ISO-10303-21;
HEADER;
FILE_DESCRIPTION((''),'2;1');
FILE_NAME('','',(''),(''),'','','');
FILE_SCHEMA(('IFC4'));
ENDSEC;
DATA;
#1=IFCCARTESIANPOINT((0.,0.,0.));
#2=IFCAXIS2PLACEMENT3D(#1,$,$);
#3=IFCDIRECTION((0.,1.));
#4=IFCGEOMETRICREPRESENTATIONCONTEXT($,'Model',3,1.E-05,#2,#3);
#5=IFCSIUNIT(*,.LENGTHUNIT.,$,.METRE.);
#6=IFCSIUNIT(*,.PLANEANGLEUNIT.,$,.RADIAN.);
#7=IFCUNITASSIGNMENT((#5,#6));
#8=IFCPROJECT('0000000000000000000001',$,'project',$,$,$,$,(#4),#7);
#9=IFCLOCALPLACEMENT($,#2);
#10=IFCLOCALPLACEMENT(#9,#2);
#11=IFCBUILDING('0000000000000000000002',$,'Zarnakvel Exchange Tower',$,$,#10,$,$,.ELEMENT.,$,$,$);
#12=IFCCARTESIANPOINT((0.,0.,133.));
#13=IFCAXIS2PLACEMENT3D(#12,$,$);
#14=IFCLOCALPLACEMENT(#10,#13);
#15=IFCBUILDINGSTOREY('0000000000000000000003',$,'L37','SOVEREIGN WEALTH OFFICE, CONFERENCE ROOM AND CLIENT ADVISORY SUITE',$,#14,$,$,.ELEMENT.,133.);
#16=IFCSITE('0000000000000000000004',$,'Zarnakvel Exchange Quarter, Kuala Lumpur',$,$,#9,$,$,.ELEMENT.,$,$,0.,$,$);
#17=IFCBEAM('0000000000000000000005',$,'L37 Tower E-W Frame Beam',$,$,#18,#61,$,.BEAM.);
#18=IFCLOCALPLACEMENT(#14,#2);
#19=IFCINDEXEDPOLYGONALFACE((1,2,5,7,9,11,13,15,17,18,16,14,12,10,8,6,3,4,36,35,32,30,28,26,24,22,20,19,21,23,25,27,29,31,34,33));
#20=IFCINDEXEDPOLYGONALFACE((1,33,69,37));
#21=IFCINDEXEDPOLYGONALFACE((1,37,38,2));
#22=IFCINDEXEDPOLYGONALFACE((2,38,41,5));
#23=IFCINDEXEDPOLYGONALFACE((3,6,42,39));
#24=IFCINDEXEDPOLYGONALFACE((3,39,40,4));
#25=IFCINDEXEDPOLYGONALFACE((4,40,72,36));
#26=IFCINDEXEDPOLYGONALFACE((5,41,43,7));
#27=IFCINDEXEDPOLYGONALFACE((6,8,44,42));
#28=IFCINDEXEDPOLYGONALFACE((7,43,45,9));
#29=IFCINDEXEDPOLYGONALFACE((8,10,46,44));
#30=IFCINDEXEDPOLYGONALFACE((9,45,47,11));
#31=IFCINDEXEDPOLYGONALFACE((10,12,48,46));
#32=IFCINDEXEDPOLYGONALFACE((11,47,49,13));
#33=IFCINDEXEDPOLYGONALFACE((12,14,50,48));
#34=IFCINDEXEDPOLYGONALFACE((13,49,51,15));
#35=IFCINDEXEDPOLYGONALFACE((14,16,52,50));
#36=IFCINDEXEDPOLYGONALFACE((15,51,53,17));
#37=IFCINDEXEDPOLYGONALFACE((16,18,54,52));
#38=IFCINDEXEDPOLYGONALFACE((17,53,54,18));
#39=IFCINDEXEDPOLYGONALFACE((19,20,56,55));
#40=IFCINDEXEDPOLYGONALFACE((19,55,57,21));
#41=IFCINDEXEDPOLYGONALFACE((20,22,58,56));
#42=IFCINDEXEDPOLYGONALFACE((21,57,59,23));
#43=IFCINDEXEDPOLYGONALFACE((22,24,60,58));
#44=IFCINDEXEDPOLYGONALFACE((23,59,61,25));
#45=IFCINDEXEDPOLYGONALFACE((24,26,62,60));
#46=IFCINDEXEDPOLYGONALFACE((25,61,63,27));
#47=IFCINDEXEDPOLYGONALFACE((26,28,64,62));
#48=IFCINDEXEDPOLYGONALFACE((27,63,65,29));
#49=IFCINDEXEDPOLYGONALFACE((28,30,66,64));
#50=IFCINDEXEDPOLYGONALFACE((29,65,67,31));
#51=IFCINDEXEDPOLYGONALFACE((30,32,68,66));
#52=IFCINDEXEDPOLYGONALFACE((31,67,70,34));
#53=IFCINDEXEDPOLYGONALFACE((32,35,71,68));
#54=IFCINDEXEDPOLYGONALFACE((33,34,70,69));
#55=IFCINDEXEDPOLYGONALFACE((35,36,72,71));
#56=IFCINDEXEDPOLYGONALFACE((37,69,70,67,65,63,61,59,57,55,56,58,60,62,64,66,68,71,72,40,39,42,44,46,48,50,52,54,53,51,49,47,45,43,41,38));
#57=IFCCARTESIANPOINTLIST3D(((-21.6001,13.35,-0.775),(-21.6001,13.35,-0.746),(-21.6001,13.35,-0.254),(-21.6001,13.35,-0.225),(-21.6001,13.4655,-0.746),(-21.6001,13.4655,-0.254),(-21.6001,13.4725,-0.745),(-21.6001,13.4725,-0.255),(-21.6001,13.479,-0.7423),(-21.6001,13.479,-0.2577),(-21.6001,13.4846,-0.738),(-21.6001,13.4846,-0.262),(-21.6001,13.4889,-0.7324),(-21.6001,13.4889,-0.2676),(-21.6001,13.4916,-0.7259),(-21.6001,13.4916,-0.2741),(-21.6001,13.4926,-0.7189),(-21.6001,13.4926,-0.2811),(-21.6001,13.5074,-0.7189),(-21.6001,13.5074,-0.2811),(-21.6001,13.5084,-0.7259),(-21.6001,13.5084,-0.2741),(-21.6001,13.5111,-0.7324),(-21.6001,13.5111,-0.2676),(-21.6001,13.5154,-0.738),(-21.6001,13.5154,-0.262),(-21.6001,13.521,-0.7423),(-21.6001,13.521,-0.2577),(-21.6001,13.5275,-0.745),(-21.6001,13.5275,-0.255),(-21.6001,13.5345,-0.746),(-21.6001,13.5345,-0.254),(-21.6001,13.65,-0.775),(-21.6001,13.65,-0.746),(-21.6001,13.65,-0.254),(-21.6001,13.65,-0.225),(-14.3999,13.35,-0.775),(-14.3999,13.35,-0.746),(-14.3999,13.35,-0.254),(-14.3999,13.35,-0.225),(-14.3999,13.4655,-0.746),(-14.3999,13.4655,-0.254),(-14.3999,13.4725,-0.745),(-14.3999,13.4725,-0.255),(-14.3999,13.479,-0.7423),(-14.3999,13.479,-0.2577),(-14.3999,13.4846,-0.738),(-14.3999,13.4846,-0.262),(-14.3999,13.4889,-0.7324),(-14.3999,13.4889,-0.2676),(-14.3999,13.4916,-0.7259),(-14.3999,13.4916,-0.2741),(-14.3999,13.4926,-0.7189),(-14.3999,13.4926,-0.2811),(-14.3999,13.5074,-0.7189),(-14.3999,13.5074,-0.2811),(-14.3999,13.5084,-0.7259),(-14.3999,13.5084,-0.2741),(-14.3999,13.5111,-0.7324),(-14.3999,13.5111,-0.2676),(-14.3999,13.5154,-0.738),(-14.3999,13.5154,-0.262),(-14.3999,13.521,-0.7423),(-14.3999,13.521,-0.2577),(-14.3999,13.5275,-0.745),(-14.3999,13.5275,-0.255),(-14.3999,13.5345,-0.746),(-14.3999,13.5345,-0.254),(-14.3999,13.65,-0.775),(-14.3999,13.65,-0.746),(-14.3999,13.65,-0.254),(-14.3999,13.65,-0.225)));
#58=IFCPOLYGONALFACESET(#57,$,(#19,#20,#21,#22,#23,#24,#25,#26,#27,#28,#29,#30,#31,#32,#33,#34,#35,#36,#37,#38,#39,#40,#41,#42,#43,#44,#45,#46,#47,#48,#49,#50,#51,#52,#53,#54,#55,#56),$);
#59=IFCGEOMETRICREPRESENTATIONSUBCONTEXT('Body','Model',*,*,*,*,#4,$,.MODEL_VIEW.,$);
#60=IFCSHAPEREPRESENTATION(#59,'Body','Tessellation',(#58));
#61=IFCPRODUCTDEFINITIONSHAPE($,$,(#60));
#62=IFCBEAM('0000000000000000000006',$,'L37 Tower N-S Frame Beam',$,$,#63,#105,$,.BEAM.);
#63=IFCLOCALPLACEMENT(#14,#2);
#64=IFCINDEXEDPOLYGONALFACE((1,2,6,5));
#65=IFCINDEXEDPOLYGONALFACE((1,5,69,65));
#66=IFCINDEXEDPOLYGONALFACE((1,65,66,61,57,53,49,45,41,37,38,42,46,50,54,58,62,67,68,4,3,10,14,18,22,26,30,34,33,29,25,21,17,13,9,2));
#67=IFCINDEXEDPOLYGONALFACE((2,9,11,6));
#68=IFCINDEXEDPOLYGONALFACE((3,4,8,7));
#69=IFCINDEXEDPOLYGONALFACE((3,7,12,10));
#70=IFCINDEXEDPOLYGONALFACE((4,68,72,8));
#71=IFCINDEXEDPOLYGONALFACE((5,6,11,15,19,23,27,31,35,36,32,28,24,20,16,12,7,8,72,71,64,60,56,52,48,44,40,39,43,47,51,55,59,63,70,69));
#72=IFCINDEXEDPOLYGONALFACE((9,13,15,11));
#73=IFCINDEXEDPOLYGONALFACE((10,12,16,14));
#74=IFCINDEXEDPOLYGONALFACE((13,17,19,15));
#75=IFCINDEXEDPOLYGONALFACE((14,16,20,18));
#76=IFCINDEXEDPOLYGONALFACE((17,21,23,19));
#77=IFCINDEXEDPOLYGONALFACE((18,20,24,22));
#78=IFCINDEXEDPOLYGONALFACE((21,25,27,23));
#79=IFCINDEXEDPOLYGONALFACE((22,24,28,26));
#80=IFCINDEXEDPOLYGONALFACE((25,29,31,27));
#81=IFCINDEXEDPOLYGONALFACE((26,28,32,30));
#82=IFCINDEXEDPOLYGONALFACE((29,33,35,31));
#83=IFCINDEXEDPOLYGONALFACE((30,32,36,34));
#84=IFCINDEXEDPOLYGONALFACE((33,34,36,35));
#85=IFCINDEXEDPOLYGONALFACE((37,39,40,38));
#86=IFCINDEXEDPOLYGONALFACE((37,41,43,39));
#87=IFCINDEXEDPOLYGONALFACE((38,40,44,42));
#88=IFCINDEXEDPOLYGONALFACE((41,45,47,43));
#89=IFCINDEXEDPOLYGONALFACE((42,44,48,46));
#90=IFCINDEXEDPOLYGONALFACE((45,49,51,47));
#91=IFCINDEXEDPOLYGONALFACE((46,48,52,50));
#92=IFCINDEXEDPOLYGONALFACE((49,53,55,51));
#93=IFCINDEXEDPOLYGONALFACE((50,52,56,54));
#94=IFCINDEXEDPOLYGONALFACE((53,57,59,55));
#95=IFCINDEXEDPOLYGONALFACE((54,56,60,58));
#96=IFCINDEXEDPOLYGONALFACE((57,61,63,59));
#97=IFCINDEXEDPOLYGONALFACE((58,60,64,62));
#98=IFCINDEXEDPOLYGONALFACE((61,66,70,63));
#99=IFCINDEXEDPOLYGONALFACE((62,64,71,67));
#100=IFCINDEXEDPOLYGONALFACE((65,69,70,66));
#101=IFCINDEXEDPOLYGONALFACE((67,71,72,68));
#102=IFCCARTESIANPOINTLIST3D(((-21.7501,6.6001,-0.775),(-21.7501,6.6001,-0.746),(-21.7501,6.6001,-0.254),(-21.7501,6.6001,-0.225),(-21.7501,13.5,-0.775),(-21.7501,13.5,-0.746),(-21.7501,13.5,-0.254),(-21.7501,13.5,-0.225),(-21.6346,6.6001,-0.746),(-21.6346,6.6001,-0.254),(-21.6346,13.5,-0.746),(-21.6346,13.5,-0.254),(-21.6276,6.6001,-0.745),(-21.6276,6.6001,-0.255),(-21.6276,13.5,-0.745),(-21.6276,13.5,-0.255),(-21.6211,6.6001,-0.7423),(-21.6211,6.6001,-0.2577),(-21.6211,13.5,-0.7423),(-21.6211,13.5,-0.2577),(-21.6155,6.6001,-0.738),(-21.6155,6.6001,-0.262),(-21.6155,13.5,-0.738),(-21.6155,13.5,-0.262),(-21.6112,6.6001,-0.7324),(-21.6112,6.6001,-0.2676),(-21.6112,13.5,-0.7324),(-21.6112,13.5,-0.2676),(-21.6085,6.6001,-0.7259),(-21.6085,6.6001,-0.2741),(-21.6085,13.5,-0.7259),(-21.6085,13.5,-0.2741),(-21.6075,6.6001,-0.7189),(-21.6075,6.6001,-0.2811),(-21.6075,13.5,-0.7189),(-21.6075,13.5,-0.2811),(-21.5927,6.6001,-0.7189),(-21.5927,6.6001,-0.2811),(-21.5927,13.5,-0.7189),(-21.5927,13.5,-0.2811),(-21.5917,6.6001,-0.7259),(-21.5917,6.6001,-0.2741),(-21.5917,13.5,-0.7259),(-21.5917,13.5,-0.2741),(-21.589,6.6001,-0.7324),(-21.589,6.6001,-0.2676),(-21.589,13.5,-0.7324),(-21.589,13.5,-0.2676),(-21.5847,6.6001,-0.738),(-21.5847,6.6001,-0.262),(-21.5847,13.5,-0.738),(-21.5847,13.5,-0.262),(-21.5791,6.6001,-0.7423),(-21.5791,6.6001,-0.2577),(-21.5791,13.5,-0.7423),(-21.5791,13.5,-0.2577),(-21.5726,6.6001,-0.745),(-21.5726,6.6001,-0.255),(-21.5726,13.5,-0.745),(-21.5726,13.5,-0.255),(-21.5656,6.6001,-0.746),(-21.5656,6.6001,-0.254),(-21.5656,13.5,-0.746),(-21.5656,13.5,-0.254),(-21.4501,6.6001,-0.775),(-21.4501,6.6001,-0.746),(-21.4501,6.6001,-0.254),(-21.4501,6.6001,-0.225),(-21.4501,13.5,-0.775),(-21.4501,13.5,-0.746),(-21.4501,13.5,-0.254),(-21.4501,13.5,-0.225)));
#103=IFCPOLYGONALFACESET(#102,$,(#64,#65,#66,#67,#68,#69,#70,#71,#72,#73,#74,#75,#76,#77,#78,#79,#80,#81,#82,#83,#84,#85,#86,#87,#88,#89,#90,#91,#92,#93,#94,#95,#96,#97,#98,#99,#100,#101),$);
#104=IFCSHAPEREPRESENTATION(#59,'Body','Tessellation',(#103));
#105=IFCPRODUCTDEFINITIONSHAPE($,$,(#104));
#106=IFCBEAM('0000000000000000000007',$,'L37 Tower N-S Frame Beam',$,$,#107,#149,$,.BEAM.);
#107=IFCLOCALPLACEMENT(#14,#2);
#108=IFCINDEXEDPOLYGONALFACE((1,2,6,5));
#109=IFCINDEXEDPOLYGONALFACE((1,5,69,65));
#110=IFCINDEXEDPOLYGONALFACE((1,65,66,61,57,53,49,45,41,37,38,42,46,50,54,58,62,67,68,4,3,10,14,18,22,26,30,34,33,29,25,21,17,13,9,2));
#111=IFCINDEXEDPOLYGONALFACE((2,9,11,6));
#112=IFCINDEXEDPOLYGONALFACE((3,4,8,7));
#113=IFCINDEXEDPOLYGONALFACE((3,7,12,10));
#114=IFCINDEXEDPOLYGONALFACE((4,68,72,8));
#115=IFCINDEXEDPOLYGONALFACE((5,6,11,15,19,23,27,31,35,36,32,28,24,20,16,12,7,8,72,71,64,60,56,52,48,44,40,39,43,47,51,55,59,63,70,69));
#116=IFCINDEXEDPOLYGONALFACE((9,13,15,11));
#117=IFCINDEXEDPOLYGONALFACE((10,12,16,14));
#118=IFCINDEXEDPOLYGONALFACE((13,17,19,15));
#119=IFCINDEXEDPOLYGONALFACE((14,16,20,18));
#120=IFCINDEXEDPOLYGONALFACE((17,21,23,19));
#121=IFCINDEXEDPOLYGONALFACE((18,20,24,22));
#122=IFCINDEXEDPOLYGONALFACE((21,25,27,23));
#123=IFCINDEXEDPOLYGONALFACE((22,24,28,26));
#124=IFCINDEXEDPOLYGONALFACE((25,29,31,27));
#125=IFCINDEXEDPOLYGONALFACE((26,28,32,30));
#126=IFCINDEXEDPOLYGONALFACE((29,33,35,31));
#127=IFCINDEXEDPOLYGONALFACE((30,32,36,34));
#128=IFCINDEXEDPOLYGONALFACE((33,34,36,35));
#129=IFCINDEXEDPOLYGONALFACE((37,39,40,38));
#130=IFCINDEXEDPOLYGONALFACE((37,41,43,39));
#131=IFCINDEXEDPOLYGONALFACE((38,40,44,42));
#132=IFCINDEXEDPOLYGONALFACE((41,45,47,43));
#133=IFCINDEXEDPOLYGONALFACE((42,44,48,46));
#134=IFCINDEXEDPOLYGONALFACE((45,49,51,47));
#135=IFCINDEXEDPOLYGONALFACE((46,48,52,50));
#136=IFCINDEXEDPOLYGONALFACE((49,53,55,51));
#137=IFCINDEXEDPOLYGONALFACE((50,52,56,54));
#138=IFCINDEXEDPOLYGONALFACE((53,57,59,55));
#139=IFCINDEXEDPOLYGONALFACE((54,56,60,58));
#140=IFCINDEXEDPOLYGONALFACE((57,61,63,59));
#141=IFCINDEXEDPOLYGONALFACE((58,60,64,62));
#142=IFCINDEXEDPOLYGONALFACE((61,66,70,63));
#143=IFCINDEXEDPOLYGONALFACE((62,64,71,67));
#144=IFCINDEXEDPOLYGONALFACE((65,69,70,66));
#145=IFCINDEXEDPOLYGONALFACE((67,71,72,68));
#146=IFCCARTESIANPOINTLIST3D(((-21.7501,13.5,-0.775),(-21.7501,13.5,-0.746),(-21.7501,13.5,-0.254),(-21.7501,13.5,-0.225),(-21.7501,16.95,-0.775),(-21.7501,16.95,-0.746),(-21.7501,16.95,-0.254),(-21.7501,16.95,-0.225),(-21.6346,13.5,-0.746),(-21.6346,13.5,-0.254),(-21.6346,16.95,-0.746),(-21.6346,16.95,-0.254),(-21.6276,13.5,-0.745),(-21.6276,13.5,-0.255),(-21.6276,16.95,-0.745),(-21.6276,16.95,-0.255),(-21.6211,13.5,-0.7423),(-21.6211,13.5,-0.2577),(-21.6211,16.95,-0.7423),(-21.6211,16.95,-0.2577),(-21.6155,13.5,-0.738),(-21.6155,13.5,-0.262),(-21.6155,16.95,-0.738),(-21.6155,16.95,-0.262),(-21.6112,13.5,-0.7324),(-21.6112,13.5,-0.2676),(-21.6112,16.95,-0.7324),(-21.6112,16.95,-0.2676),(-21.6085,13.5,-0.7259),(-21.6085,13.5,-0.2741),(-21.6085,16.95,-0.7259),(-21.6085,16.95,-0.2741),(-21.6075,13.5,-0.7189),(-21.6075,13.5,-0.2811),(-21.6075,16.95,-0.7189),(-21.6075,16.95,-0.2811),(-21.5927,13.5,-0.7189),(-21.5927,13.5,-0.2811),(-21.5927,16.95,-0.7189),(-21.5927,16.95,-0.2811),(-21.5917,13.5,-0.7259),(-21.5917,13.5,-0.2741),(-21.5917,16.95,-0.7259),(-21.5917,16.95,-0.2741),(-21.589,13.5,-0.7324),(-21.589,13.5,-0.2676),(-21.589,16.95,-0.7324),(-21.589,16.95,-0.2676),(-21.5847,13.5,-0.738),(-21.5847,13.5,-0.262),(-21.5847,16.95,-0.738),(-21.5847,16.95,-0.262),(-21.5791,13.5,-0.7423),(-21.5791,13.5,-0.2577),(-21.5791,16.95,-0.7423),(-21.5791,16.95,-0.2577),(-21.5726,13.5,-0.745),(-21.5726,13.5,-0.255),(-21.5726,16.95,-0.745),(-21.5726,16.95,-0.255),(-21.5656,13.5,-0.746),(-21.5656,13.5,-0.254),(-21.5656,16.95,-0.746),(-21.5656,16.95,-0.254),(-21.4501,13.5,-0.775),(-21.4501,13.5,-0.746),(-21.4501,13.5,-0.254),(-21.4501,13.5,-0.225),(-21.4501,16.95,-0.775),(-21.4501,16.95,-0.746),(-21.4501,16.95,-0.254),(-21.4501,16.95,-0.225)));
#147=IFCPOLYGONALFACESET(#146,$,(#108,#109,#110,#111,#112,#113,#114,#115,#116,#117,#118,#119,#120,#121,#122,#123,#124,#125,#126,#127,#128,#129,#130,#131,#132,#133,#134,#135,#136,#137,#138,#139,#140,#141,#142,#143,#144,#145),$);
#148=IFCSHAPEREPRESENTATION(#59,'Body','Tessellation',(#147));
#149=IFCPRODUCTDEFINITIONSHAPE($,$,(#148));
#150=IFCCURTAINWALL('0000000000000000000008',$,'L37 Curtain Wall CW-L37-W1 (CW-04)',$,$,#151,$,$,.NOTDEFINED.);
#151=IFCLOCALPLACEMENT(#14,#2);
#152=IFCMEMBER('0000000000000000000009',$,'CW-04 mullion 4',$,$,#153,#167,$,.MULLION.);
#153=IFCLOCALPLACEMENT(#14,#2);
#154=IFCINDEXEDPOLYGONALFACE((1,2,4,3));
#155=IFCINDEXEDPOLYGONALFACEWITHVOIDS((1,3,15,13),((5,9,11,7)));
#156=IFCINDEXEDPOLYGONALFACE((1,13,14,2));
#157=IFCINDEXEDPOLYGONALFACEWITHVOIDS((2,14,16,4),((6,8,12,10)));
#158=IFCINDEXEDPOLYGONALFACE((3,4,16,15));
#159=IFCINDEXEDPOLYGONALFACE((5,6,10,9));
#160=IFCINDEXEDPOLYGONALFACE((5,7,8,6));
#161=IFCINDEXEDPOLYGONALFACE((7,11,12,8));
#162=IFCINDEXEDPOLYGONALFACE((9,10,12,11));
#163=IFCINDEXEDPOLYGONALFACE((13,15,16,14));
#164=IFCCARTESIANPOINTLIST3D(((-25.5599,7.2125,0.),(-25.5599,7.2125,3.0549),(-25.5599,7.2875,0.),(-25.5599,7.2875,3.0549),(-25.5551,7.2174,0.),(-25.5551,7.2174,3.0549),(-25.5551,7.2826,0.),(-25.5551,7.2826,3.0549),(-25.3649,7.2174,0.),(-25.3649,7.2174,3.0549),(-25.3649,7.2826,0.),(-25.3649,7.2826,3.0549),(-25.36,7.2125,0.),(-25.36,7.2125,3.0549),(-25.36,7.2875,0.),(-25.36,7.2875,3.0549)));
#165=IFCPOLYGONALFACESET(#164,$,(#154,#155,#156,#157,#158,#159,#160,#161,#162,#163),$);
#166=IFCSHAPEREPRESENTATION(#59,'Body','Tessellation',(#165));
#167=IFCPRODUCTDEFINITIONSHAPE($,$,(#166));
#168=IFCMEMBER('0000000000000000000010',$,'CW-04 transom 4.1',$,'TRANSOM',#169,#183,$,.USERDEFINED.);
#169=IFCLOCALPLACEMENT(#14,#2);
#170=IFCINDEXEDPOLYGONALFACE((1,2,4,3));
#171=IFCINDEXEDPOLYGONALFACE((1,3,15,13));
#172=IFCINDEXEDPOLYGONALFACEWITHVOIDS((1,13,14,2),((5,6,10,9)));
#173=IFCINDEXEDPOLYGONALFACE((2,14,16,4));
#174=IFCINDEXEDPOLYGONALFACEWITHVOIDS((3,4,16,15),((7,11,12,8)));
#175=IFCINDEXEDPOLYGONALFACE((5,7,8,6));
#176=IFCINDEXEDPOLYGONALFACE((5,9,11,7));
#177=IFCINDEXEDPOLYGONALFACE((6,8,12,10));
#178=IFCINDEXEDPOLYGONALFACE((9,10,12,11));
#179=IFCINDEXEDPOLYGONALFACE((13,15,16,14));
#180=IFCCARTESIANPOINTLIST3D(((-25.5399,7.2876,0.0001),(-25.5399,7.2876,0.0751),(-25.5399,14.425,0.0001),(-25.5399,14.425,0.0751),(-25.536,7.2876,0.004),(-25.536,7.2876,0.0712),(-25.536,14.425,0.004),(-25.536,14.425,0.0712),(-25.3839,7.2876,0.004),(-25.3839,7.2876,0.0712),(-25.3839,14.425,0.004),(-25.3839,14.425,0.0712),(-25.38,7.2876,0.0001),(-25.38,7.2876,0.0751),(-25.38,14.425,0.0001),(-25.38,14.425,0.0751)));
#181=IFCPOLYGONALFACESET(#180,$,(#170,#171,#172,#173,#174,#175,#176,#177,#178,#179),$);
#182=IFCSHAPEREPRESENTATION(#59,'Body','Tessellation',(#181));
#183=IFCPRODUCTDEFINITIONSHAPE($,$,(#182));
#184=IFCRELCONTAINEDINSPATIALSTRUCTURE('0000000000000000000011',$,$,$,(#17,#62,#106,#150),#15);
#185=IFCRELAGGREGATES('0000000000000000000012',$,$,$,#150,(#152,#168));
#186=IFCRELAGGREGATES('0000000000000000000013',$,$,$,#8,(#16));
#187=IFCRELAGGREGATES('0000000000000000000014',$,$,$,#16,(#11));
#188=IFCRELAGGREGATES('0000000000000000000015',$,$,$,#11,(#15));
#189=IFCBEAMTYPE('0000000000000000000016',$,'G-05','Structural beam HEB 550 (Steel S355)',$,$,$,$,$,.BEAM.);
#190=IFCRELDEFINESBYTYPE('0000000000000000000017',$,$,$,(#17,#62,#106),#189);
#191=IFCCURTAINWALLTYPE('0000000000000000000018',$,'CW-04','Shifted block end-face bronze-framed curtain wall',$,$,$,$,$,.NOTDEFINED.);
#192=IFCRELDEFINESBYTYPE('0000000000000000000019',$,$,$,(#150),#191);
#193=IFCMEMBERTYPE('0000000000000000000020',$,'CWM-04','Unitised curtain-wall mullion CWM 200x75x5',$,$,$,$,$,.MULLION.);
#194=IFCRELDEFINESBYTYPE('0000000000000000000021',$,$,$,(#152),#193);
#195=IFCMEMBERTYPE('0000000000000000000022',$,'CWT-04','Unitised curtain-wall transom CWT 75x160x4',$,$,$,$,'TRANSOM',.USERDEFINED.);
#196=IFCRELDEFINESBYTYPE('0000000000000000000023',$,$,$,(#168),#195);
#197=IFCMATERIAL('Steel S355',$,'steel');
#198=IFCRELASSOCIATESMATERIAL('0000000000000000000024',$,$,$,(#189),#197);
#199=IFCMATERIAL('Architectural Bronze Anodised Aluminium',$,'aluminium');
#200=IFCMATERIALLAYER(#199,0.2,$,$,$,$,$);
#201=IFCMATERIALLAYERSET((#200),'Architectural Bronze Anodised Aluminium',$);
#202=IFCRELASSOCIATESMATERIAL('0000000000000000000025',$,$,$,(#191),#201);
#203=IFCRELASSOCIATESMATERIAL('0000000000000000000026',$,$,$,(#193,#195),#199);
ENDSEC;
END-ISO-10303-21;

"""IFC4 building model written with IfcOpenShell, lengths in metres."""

from ifc_helpers import new_model, si_unit, direction, frame, origin, origin_2d, place, context, subcontext, project, spatial, hollow_rectangle, i_section, extrude, source, transform, mapped, material, layer, layer_set, material_profile, profile_set, type_object, element, aggregate, save


model = new_model("IFC4")

# Units and contexts
model_context = context("Model", 3, precision=1e-05, world=origin(), true_north=direction((0.0, 1.0)))
body_context = subcontext(model_context, "Body", "Model", "MODEL_VIEW")
ifc_project = project(units=[si_unit("LENGTHUNIT", "METRE"), si_unit("PLANEANGLEUNIT", "RADIAN")], contexts=[model_context])

# Site, building, storey
site_placement = place(None, origin())
site = spatial("IfcSite", under=ifc_project, at=site_placement, Name="Zarnakvel Exchange Quarter, Kuala Lumpur", CompositionType="ELEMENT", RefElevation=0.0)
building_placement = place(site_placement, origin())
building = spatial("IfcBuilding", under=site, at=building_placement, Name="Zarnakvel Exchange Tower", CompositionType="ELEMENT")
storey_placement = place(building_placement, frame((0.0, 0.0, 133.0)))
storey = spatial("IfcBuildingStorey", under=building, at=storey_placement, Name="L37", Description="SOVEREIGN WEALTH OFFICE, CONFERENCE ROOM AND CLIENT ADVISORY SUITE", CompositionType="ELEMENT", Elevation=133.0)

# Shared definitions
ifc_material_1 = material(Name="Steel S355", Category="steel")

# Beams
ifc_material_profile_1 = material_profile(ifc_material_1, i_section(OverallWidth=0.3, OverallDepth=0.55, WebThickness=0.0149, FlangeThickness=0.0291, FilletRadius=0.0271, at=origin_2d()))
ifc_profile_set_1 = profile_set([ifc_material_profile_1], Name="Steel S355")
beam_type = type_object("IfcBeamType", Name="G-05", Description="Structural beam HEB 550 (Steel S355)", PredefinedType="BEAM", material=ifc_profile_set_1)
beam_1_placement = place(storey_placement, frame((-21.6001, 13.5, -0.5), z_axis=(1.0, 0.0, 0.0), x_axis=(0.0, 1.0, 0.0)))
element("IfcBeam", 1, at=beam_1_placement, inside=storey, type_object=beam_type, Name="L37 Tower E-W Frame Beam", PredefinedType="BEAM", context=body_context, shape_type="SweptSolid", body=[
    extrude(i_section(OverallWidth=0.3, OverallDepth=0.55, WebThickness=0.0149, FlangeThickness=0.0291, FilletRadius=0.0271, at=origin_2d()), origin(), (0.0, 0.0, 1.0), 7.2002),
])
beam_2_placement = place(storey_placement, frame((-21.6001, 6.6001, -0.5), z_axis=(0.0, 1.0, 0.0), x_axis=(-1.0, 0.0, 0.0)))
element("IfcBeam", 2, at=beam_2_placement, inside=storey, type_object=beam_type, Name="L37 Tower N-S Frame Beam", PredefinedType="BEAM", context=body_context, shape_type="SweptSolid", body=[
    extrude(i_section(OverallWidth=0.3, OverallDepth=0.55, WebThickness=0.0149, FlangeThickness=0.0291, FilletRadius=0.0271, at=origin_2d()), origin(), (0.0, 0.0, 1.0), 6.8999),
])
beam_3_placement = place(storey_placement, frame((-21.6001, 13.5, -0.5), z_axis=(0.0, 1.0, 0.0), x_axis=(-1.0, 0.0, 0.0)))
element("IfcBeam", 3, at=beam_3_placement, inside=storey, type_object=beam_type, Name="L37 Tower N-S Frame Beam", PredefinedType="BEAM", context=body_context, shape_type="SweptSolid", body=[
    extrude(i_section(OverallWidth=0.3, OverallDepth=0.55, WebThickness=0.0149, FlangeThickness=0.0291, FilletRadius=0.0271, at=origin_2d()), origin(), (0.0, 0.0, 1.0), 3.45),
])

# Curtain wall, members
ifc_material_2 = material(Name="Architectural Bronze Anodised Aluminium", Category="aluminium")
ifc_layer_1 = layer(ifc_material_2, 0.2)
ifc_layer_set_1 = layer_set([ifc_layer_1], Name="Architectural Bronze Anodised Aluminium")
curtain_wall_type = type_object("IfcCurtainWallType", Name="CW-04", Description="Shifted block end-face bronze-framed curtain wall", PredefinedType="NOTDEFINED", material=ifc_layer_set_1)
curtain_wall_placement = place(storey_placement, origin())
curtain_wall = element("IfcCurtainWall", 4, at=curtain_wall_placement, inside=storey, type_object=curtain_wall_type, Name="L37 Curtain Wall CW-L37-W1 (CW-04)", PredefinedType="NOTDEFINED")
ifc_material_profile_2 = material_profile(ifc_material_2, hollow_rectangle(XDim=0.2, YDim=0.075, WallThickness=0.0049, at=origin_2d()))
ifc_profile_set_2 = profile_set([ifc_material_profile_2], Name="Architectural Bronze Anodised Aluminium")
member_type_1 = type_object("IfcMemberType", Name="CWM-04", Description="Unitised curtain-wall mullion CWM 200x75x5", PredefinedType="MULLION", material=ifc_profile_set_2)
shared_shape_1 = source(origin(), body_context, "Body", "SweptSolid", [
    extrude(hollow_rectangle(XDim=0.2, YDim=0.075, WallThickness=0.0049, at=origin_2d()), origin(), (0.0, 0.0, 1.0), 3.0549),
])
member_1_placement = place(storey_placement, frame((-25.46, 7.25, 0.0), z_axis=(0.0, 0.0, 1.0), x_axis=(-1.0, 0.0, 0.0)))
member_1 = element("IfcMember", 5, at=member_1_placement, type_object=member_type_1, Name="CW-04 mullion 4", PredefinedType="MULLION", context=body_context, shape_type="MappedRepresentation", body=[
    mapped(shared_shape_1, transform((0.0, 0.0, 0.0), x_axis=(1.0, 0.0, 0.0), y_axis=(0.0, 1.0, 0.0), z_axis=(0.0, 0.0, 1.0), scale=1.0)),
])
ifc_material_profile_3 = material_profile(ifc_material_2, hollow_rectangle(XDim=0.1599, YDim=0.075, WallThickness=0.0039, at=origin_2d()))
ifc_profile_set_3 = profile_set([ifc_material_profile_3], Name="Architectural Bronze Anodised Aluminium")
member_type_2 = type_object("IfcMemberType", Name="CWT-04", Description="Unitised curtain-wall transom CWT 75x160x4", ElementType="TRANSOM", PredefinedType="USERDEFINED", material=ifc_profile_set_3)
shared_shape_2 = source(origin(), body_context, "Body", "SweptSolid", [
    extrude(hollow_rectangle(XDim=0.1599, YDim=0.075, WallThickness=0.0039, at=origin_2d()), origin(), (0.0, 0.0, 1.0), 7.1375),
])
member_2_placement = place(storey_placement, frame((-25.46, 7.2876, 0.0376), z_axis=(0.0, 1.0, 0.0), x_axis=(-1.0, 0.0, 0.0)))
member_2 = element("IfcMember", 6, at=member_2_placement, type_object=member_type_2, Name="CW-04 transom 4.1", ObjectType="TRANSOM", PredefinedType="USERDEFINED", context=body_context, shape_type="MappedRepresentation", body=[
    mapped(shared_shape_2, transform((0.0, 0.0, 0.0), x_axis=(1.0, 0.0, 0.0), y_axis=(0.0, 1.0, 0.0), z_axis=(0.0, 0.0, 1.0), scale=1.0)),
])
aggregate(curtain_wall, [member_1, member_2])

save(model, "model.ifc")
